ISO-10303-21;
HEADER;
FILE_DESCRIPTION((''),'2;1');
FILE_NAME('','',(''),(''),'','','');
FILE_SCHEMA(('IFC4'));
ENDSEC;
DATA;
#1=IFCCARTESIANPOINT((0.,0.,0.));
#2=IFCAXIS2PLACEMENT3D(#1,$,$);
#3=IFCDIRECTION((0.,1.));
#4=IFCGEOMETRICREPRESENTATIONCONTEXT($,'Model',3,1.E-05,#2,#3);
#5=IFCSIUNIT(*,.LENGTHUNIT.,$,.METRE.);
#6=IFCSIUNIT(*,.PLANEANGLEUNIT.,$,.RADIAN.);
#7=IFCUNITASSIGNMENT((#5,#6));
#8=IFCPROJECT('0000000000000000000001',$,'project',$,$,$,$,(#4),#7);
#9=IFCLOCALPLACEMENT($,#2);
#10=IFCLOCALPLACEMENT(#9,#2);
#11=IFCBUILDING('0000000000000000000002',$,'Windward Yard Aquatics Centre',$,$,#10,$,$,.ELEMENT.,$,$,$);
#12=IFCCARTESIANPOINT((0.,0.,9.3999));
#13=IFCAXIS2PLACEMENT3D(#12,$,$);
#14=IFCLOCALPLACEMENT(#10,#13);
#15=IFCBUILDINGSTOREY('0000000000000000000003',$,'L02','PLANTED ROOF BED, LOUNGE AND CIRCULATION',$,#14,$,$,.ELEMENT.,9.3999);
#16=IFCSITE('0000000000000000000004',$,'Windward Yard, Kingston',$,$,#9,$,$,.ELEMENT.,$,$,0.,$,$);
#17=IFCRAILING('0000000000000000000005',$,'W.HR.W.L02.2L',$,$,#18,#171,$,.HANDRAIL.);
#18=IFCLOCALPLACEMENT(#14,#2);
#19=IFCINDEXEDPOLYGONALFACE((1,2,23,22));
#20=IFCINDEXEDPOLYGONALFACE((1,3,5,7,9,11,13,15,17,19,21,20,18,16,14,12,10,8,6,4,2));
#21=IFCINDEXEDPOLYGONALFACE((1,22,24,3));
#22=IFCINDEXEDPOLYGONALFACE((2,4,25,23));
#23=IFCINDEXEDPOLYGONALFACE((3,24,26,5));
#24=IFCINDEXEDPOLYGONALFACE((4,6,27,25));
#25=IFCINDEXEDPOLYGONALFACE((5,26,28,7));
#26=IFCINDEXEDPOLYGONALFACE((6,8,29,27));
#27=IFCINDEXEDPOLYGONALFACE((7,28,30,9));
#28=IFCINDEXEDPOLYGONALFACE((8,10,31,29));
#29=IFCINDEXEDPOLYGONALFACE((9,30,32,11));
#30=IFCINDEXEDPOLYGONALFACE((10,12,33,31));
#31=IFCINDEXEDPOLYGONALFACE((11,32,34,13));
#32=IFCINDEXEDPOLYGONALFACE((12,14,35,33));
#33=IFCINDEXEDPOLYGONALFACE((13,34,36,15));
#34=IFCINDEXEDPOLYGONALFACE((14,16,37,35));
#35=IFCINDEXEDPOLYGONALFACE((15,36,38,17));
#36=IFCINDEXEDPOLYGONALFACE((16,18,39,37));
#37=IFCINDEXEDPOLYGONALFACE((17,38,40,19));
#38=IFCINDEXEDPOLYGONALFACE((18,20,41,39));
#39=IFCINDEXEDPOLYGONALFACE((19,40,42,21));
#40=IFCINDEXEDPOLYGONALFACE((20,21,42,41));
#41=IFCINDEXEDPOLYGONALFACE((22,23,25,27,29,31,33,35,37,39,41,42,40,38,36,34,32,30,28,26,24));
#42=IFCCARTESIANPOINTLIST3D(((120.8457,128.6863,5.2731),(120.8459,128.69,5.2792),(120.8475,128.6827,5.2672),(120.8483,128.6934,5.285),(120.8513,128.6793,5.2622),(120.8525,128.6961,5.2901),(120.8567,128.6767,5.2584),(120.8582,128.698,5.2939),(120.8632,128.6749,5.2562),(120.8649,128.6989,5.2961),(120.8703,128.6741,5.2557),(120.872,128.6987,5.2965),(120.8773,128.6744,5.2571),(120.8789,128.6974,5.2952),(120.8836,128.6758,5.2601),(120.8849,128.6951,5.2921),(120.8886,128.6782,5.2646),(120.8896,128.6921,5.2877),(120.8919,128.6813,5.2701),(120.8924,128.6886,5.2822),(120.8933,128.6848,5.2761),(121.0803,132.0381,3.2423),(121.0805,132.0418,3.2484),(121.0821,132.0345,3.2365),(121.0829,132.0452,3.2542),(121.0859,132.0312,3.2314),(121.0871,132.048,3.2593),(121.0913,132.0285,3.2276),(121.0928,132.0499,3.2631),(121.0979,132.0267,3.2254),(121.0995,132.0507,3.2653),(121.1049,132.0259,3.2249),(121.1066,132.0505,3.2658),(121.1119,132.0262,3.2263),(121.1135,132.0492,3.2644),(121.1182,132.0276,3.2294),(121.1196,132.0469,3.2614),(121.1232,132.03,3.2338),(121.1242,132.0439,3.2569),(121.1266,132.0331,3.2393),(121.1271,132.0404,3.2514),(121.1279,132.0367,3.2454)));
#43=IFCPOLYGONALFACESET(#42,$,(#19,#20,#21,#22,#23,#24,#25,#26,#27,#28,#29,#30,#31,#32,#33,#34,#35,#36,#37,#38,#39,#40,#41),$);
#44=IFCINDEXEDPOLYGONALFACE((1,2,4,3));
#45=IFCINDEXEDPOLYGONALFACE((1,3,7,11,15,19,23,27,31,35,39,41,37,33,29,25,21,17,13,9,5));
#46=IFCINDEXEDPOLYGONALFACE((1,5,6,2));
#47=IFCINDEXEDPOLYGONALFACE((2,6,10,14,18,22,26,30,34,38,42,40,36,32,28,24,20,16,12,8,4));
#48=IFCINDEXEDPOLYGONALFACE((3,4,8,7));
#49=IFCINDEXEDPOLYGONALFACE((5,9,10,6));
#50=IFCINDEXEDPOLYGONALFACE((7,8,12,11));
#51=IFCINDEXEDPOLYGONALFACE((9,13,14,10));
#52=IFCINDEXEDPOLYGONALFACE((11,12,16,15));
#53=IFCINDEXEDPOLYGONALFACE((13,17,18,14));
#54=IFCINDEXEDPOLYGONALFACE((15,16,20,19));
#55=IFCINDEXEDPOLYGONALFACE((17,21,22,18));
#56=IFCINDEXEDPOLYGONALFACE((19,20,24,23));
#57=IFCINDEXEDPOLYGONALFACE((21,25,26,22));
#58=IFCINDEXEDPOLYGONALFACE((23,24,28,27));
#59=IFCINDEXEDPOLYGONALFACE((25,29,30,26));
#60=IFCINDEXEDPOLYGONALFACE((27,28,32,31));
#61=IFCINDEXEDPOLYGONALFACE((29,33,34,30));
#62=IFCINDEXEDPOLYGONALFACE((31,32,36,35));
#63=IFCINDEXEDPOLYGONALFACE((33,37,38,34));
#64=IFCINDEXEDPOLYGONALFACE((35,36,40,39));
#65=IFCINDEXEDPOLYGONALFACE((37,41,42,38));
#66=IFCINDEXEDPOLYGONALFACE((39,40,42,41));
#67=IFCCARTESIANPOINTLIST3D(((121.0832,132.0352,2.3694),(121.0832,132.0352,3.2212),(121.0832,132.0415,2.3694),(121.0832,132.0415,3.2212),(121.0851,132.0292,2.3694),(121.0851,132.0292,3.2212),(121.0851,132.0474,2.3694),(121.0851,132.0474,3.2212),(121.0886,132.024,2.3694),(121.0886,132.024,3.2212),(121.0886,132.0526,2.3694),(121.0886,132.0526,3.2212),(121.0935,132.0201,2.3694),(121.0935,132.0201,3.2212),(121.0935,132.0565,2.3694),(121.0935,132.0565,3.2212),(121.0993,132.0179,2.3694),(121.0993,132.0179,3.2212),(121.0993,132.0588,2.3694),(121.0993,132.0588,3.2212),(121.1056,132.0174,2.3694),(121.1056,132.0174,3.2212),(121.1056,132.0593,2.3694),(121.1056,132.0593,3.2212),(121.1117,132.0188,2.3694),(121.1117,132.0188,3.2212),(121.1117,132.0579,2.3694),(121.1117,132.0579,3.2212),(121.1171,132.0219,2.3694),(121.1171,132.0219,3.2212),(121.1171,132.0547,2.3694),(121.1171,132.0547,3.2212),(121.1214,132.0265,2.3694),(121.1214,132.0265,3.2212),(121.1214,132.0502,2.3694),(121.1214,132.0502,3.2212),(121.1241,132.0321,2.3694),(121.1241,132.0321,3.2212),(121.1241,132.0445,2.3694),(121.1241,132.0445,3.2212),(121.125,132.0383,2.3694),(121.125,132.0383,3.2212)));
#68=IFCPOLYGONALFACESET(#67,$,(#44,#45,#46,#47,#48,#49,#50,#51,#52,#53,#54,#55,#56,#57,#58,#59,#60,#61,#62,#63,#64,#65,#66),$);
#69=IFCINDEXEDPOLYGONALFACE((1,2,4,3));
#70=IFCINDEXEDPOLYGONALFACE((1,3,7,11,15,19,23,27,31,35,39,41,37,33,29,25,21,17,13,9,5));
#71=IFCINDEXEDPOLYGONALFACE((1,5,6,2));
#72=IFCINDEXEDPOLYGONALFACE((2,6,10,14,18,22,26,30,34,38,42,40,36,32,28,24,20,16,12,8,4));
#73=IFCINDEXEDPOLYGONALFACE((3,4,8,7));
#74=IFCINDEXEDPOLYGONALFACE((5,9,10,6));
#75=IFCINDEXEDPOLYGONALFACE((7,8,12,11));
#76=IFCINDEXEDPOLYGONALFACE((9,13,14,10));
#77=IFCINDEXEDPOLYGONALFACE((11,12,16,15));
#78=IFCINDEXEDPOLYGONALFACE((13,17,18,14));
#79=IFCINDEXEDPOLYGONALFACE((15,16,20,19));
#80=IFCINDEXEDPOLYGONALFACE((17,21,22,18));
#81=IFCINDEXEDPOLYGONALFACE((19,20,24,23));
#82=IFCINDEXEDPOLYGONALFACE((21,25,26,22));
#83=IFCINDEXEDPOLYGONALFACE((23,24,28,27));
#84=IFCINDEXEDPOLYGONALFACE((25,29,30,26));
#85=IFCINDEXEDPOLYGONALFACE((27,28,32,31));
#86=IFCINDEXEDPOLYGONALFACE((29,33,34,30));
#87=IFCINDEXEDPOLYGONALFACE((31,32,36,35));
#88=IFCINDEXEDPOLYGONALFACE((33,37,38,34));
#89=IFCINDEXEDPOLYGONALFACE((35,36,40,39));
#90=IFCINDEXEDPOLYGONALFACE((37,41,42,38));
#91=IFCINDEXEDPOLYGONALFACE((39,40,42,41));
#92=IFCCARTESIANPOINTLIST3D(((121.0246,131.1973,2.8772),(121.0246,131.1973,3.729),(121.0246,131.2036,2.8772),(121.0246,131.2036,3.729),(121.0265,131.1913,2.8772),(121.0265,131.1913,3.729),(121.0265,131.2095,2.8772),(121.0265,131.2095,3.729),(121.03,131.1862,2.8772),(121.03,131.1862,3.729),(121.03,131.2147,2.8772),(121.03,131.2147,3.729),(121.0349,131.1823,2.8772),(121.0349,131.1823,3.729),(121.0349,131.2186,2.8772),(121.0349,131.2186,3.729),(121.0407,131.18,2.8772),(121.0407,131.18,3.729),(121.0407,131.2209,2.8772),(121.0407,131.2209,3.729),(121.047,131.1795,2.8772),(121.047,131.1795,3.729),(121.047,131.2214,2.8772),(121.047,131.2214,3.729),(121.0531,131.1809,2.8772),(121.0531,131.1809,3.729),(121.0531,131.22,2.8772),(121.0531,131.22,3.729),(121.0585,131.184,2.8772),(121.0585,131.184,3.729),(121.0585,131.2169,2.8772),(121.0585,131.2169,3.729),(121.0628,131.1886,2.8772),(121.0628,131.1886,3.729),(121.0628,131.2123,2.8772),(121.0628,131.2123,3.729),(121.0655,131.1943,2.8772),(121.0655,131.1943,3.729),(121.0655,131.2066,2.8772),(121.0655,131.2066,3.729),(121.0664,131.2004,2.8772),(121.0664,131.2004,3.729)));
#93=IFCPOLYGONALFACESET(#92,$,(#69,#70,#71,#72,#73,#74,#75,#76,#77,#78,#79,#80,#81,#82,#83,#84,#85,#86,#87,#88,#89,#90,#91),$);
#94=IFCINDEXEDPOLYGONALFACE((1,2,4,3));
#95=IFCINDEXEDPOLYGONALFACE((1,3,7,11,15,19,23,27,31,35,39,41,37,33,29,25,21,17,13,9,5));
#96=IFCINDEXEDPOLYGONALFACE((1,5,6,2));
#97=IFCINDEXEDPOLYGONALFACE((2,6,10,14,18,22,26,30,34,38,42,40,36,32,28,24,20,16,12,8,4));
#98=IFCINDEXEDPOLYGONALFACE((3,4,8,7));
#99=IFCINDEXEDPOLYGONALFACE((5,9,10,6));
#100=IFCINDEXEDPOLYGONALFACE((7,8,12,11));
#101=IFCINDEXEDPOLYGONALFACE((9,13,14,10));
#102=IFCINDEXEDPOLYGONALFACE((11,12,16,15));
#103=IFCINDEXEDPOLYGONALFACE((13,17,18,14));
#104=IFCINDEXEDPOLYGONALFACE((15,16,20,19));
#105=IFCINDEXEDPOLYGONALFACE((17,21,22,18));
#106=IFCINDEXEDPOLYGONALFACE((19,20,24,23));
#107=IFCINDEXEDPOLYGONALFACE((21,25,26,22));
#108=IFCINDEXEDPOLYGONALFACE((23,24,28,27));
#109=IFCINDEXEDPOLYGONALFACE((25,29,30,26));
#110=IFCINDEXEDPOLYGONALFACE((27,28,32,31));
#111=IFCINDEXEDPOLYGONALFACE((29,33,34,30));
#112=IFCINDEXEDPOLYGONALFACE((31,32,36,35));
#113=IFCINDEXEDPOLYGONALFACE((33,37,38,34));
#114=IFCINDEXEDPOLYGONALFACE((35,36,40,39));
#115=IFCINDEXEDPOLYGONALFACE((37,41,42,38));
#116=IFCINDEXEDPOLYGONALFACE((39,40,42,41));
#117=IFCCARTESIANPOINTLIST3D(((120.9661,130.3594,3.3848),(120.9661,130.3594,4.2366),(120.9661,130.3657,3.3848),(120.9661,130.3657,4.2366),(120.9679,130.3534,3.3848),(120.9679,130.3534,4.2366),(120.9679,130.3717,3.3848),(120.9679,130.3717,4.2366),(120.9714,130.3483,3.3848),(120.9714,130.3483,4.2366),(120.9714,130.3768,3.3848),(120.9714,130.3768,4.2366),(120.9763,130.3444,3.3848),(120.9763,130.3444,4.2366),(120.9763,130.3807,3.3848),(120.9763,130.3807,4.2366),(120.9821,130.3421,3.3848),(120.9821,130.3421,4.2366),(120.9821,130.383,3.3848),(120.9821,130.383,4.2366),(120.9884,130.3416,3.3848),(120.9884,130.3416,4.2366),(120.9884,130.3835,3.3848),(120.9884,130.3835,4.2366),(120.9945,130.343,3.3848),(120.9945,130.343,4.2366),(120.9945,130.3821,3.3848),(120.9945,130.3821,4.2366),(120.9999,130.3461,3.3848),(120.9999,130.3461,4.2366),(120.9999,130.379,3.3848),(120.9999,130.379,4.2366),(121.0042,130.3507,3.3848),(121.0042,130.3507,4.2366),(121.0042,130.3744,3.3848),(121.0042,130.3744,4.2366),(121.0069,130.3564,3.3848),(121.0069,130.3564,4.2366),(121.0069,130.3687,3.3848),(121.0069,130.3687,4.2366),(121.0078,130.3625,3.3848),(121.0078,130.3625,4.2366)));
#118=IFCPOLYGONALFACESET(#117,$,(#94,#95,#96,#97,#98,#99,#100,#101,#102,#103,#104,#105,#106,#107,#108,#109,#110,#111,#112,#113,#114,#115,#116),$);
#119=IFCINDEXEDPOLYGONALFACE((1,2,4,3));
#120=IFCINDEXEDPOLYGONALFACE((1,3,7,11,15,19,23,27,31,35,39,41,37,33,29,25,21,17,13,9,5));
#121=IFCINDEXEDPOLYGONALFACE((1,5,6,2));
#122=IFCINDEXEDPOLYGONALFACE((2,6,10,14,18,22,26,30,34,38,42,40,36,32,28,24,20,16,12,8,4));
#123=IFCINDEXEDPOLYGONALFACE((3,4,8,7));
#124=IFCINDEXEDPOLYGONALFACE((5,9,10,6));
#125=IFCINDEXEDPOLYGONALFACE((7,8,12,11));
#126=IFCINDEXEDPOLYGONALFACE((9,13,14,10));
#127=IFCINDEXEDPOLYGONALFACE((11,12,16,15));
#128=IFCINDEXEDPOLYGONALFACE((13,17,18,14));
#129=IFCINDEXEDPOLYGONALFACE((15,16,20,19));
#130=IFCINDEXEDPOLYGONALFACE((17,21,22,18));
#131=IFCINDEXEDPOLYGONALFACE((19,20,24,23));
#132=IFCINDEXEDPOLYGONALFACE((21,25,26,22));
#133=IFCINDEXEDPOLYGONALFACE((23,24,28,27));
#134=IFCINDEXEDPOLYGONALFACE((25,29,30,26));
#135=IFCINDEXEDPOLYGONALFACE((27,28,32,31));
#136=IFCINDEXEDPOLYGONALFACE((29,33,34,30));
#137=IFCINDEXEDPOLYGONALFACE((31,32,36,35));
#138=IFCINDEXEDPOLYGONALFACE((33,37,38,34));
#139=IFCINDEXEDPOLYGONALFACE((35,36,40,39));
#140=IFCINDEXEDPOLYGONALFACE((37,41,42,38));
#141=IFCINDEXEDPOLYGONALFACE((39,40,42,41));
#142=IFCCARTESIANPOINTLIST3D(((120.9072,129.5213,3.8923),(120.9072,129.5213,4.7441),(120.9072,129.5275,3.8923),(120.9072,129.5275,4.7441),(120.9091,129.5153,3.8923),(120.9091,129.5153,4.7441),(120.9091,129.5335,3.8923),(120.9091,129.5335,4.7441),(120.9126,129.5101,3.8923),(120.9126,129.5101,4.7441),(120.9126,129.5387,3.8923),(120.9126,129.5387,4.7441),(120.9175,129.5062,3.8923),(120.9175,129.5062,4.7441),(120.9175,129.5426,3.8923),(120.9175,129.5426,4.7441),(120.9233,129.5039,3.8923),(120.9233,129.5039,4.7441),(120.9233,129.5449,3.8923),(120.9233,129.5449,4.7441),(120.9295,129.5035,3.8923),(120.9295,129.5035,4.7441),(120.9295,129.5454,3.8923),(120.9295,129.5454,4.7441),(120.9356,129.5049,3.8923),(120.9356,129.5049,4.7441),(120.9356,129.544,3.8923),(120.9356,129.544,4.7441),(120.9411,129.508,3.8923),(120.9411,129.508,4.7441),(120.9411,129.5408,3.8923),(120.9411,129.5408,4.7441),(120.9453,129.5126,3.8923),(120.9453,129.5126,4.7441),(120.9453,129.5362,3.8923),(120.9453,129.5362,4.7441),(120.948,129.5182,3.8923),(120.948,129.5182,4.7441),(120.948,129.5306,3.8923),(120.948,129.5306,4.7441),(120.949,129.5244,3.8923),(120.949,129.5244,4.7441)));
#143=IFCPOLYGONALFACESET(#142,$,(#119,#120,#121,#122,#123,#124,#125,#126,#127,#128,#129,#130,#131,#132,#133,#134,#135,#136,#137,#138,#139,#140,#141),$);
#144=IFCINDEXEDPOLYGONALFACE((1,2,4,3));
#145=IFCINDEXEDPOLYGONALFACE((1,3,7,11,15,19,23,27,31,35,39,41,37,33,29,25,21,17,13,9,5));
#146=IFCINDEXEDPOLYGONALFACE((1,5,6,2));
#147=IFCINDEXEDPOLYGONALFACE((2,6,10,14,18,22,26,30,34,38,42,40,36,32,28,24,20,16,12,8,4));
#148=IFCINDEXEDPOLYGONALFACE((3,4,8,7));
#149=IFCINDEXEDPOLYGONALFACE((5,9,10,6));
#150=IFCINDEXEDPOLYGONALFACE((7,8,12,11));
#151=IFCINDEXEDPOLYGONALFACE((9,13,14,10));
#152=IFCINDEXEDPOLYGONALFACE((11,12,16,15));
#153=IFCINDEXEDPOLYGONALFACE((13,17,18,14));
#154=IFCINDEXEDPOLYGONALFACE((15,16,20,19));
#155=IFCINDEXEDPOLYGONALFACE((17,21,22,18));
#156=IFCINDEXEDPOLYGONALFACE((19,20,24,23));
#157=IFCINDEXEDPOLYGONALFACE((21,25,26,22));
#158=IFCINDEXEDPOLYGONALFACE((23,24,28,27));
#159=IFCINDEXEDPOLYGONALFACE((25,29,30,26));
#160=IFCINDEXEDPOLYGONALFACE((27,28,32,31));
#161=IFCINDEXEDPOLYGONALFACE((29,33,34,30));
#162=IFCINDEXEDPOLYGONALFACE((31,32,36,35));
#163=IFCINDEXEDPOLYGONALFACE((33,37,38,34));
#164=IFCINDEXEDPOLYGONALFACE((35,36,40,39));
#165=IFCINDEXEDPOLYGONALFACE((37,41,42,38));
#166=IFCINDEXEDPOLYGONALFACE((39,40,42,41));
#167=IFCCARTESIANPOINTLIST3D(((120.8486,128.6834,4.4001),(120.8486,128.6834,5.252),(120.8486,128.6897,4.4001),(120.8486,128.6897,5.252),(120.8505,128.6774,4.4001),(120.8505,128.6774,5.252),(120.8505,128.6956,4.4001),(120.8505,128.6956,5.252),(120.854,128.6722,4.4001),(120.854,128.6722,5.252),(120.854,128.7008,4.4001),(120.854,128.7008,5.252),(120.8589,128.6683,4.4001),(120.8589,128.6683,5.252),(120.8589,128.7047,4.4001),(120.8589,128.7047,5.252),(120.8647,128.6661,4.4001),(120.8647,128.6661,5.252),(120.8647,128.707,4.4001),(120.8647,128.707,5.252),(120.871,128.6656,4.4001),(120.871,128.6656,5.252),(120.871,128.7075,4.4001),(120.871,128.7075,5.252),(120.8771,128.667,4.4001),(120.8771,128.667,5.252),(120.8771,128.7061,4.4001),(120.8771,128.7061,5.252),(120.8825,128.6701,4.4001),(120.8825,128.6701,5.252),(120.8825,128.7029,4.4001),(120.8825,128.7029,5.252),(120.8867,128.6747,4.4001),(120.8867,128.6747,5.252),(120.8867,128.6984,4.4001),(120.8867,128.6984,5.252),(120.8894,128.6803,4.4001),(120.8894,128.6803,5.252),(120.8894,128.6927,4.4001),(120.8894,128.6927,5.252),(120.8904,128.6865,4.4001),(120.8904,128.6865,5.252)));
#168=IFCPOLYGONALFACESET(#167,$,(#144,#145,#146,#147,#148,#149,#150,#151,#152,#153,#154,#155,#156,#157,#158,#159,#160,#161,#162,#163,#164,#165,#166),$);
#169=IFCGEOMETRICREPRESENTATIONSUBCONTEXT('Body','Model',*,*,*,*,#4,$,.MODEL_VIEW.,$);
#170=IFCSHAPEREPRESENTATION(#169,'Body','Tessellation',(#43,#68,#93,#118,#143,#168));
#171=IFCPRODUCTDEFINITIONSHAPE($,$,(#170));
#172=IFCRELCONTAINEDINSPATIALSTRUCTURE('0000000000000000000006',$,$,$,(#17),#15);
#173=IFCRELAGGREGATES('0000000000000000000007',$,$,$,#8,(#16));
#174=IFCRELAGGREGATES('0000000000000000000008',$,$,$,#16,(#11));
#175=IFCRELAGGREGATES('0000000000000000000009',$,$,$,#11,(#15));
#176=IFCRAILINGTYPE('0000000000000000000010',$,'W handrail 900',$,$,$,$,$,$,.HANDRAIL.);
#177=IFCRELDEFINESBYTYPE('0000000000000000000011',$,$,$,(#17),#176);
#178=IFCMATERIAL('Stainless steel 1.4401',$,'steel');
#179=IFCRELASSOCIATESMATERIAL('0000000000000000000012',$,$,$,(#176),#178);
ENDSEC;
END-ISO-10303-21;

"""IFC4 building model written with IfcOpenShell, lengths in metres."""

from ifc_helpers import new_model, si_unit, direction, frame, origin, origin_2d, place, context, subcontext, project, spatial, circle, extrude, material, type_object, element, save


model = new_model("IFC4")

# Units and contexts
model_context = context("Model", 3, precision=1e-05, world=origin(), true_north=direction((0.0, 1.0)))
body_context = subcontext(model_context, "Body", "Model", "MODEL_VIEW")
ifc_project = project(units=[si_unit("LENGTHUNIT", "METRE"), si_unit("PLANEANGLEUNIT", "RADIAN")], contexts=[model_context])

# Site, building, storey
site_placement = place(None, origin())
site = spatial("IfcSite", under=ifc_project, at=site_placement, Name="Windward Yard, Kingston", CompositionType="ELEMENT", RefElevation=0.0)
building_placement = place(site_placement, origin())
building = spatial("IfcBuilding", under=site, at=building_placement, Name="Windward Yard Aquatics Centre", CompositionType="ELEMENT")
storey_placement = place(building_placement, frame((0.0, 0.0, 9.3999)))
storey = spatial("IfcBuildingStorey", under=building, at=storey_placement, Name="L02", Description="PLANTED ROOF BED, LOUNGE AND CIRCULATION", CompositionType="ELEMENT", Elevation=9.3999)

# Railing
ifc_material_1 = material(Name="Stainless steel 1.4401", Category="steel")
railing_type_1 = type_object("IfcRailingType", Name="W handrail 900", PredefinedType="HANDRAIL", material=ifc_material_1)
railing_1_placement = place(storey_placement, frame((121.104, 132.0383, 2.3694)))
element("IfcRailing", 1, at=railing_1_placement, inside=storey, type_object=railing_type_1, Name="W.HR.W.L02.2L", PredefinedType="HANDRAIL", context=body_context, shape_type="SweptSolid", body=[
    extrude(circle(Radius=0.0239, at=origin_2d()), frame((0.0, 0.0, 0.876), z_axis=(-0.05976, -0.853741, 0.517257), x_axis=(0.997559, -0.069827, 0.0)), (0.0, 0.0, 1.0), 3.926),
    extrude(circle(Radius=0.021, at=origin_2d()), origin(), (0.0, 0.0, 1.0), 0.8518),
    extrude(circle(Radius=0.021, at=origin_2d()), frame((-0.0586, -0.8379, 0.5078)), (0.0, 0.0, 1.0), 0.8518),
    extrude(circle(Radius=0.021, at=origin_2d()), frame((-0.1172, -1.6758, 1.0154)), (0.0, 0.0, 1.0), 0.8518),
    extrude(circle(Radius=0.021, at=origin_2d()), frame((-0.176, -2.5139, 1.5229)), (0.0, 0.0, 1.0), 0.8518),
    extrude(circle(Radius=0.021, at=origin_2d()), frame((-0.2346, -3.3518, 2.0308)), (0.0, 0.0, 1.0), 0.8518),
])

save(model, "model.ifc")
